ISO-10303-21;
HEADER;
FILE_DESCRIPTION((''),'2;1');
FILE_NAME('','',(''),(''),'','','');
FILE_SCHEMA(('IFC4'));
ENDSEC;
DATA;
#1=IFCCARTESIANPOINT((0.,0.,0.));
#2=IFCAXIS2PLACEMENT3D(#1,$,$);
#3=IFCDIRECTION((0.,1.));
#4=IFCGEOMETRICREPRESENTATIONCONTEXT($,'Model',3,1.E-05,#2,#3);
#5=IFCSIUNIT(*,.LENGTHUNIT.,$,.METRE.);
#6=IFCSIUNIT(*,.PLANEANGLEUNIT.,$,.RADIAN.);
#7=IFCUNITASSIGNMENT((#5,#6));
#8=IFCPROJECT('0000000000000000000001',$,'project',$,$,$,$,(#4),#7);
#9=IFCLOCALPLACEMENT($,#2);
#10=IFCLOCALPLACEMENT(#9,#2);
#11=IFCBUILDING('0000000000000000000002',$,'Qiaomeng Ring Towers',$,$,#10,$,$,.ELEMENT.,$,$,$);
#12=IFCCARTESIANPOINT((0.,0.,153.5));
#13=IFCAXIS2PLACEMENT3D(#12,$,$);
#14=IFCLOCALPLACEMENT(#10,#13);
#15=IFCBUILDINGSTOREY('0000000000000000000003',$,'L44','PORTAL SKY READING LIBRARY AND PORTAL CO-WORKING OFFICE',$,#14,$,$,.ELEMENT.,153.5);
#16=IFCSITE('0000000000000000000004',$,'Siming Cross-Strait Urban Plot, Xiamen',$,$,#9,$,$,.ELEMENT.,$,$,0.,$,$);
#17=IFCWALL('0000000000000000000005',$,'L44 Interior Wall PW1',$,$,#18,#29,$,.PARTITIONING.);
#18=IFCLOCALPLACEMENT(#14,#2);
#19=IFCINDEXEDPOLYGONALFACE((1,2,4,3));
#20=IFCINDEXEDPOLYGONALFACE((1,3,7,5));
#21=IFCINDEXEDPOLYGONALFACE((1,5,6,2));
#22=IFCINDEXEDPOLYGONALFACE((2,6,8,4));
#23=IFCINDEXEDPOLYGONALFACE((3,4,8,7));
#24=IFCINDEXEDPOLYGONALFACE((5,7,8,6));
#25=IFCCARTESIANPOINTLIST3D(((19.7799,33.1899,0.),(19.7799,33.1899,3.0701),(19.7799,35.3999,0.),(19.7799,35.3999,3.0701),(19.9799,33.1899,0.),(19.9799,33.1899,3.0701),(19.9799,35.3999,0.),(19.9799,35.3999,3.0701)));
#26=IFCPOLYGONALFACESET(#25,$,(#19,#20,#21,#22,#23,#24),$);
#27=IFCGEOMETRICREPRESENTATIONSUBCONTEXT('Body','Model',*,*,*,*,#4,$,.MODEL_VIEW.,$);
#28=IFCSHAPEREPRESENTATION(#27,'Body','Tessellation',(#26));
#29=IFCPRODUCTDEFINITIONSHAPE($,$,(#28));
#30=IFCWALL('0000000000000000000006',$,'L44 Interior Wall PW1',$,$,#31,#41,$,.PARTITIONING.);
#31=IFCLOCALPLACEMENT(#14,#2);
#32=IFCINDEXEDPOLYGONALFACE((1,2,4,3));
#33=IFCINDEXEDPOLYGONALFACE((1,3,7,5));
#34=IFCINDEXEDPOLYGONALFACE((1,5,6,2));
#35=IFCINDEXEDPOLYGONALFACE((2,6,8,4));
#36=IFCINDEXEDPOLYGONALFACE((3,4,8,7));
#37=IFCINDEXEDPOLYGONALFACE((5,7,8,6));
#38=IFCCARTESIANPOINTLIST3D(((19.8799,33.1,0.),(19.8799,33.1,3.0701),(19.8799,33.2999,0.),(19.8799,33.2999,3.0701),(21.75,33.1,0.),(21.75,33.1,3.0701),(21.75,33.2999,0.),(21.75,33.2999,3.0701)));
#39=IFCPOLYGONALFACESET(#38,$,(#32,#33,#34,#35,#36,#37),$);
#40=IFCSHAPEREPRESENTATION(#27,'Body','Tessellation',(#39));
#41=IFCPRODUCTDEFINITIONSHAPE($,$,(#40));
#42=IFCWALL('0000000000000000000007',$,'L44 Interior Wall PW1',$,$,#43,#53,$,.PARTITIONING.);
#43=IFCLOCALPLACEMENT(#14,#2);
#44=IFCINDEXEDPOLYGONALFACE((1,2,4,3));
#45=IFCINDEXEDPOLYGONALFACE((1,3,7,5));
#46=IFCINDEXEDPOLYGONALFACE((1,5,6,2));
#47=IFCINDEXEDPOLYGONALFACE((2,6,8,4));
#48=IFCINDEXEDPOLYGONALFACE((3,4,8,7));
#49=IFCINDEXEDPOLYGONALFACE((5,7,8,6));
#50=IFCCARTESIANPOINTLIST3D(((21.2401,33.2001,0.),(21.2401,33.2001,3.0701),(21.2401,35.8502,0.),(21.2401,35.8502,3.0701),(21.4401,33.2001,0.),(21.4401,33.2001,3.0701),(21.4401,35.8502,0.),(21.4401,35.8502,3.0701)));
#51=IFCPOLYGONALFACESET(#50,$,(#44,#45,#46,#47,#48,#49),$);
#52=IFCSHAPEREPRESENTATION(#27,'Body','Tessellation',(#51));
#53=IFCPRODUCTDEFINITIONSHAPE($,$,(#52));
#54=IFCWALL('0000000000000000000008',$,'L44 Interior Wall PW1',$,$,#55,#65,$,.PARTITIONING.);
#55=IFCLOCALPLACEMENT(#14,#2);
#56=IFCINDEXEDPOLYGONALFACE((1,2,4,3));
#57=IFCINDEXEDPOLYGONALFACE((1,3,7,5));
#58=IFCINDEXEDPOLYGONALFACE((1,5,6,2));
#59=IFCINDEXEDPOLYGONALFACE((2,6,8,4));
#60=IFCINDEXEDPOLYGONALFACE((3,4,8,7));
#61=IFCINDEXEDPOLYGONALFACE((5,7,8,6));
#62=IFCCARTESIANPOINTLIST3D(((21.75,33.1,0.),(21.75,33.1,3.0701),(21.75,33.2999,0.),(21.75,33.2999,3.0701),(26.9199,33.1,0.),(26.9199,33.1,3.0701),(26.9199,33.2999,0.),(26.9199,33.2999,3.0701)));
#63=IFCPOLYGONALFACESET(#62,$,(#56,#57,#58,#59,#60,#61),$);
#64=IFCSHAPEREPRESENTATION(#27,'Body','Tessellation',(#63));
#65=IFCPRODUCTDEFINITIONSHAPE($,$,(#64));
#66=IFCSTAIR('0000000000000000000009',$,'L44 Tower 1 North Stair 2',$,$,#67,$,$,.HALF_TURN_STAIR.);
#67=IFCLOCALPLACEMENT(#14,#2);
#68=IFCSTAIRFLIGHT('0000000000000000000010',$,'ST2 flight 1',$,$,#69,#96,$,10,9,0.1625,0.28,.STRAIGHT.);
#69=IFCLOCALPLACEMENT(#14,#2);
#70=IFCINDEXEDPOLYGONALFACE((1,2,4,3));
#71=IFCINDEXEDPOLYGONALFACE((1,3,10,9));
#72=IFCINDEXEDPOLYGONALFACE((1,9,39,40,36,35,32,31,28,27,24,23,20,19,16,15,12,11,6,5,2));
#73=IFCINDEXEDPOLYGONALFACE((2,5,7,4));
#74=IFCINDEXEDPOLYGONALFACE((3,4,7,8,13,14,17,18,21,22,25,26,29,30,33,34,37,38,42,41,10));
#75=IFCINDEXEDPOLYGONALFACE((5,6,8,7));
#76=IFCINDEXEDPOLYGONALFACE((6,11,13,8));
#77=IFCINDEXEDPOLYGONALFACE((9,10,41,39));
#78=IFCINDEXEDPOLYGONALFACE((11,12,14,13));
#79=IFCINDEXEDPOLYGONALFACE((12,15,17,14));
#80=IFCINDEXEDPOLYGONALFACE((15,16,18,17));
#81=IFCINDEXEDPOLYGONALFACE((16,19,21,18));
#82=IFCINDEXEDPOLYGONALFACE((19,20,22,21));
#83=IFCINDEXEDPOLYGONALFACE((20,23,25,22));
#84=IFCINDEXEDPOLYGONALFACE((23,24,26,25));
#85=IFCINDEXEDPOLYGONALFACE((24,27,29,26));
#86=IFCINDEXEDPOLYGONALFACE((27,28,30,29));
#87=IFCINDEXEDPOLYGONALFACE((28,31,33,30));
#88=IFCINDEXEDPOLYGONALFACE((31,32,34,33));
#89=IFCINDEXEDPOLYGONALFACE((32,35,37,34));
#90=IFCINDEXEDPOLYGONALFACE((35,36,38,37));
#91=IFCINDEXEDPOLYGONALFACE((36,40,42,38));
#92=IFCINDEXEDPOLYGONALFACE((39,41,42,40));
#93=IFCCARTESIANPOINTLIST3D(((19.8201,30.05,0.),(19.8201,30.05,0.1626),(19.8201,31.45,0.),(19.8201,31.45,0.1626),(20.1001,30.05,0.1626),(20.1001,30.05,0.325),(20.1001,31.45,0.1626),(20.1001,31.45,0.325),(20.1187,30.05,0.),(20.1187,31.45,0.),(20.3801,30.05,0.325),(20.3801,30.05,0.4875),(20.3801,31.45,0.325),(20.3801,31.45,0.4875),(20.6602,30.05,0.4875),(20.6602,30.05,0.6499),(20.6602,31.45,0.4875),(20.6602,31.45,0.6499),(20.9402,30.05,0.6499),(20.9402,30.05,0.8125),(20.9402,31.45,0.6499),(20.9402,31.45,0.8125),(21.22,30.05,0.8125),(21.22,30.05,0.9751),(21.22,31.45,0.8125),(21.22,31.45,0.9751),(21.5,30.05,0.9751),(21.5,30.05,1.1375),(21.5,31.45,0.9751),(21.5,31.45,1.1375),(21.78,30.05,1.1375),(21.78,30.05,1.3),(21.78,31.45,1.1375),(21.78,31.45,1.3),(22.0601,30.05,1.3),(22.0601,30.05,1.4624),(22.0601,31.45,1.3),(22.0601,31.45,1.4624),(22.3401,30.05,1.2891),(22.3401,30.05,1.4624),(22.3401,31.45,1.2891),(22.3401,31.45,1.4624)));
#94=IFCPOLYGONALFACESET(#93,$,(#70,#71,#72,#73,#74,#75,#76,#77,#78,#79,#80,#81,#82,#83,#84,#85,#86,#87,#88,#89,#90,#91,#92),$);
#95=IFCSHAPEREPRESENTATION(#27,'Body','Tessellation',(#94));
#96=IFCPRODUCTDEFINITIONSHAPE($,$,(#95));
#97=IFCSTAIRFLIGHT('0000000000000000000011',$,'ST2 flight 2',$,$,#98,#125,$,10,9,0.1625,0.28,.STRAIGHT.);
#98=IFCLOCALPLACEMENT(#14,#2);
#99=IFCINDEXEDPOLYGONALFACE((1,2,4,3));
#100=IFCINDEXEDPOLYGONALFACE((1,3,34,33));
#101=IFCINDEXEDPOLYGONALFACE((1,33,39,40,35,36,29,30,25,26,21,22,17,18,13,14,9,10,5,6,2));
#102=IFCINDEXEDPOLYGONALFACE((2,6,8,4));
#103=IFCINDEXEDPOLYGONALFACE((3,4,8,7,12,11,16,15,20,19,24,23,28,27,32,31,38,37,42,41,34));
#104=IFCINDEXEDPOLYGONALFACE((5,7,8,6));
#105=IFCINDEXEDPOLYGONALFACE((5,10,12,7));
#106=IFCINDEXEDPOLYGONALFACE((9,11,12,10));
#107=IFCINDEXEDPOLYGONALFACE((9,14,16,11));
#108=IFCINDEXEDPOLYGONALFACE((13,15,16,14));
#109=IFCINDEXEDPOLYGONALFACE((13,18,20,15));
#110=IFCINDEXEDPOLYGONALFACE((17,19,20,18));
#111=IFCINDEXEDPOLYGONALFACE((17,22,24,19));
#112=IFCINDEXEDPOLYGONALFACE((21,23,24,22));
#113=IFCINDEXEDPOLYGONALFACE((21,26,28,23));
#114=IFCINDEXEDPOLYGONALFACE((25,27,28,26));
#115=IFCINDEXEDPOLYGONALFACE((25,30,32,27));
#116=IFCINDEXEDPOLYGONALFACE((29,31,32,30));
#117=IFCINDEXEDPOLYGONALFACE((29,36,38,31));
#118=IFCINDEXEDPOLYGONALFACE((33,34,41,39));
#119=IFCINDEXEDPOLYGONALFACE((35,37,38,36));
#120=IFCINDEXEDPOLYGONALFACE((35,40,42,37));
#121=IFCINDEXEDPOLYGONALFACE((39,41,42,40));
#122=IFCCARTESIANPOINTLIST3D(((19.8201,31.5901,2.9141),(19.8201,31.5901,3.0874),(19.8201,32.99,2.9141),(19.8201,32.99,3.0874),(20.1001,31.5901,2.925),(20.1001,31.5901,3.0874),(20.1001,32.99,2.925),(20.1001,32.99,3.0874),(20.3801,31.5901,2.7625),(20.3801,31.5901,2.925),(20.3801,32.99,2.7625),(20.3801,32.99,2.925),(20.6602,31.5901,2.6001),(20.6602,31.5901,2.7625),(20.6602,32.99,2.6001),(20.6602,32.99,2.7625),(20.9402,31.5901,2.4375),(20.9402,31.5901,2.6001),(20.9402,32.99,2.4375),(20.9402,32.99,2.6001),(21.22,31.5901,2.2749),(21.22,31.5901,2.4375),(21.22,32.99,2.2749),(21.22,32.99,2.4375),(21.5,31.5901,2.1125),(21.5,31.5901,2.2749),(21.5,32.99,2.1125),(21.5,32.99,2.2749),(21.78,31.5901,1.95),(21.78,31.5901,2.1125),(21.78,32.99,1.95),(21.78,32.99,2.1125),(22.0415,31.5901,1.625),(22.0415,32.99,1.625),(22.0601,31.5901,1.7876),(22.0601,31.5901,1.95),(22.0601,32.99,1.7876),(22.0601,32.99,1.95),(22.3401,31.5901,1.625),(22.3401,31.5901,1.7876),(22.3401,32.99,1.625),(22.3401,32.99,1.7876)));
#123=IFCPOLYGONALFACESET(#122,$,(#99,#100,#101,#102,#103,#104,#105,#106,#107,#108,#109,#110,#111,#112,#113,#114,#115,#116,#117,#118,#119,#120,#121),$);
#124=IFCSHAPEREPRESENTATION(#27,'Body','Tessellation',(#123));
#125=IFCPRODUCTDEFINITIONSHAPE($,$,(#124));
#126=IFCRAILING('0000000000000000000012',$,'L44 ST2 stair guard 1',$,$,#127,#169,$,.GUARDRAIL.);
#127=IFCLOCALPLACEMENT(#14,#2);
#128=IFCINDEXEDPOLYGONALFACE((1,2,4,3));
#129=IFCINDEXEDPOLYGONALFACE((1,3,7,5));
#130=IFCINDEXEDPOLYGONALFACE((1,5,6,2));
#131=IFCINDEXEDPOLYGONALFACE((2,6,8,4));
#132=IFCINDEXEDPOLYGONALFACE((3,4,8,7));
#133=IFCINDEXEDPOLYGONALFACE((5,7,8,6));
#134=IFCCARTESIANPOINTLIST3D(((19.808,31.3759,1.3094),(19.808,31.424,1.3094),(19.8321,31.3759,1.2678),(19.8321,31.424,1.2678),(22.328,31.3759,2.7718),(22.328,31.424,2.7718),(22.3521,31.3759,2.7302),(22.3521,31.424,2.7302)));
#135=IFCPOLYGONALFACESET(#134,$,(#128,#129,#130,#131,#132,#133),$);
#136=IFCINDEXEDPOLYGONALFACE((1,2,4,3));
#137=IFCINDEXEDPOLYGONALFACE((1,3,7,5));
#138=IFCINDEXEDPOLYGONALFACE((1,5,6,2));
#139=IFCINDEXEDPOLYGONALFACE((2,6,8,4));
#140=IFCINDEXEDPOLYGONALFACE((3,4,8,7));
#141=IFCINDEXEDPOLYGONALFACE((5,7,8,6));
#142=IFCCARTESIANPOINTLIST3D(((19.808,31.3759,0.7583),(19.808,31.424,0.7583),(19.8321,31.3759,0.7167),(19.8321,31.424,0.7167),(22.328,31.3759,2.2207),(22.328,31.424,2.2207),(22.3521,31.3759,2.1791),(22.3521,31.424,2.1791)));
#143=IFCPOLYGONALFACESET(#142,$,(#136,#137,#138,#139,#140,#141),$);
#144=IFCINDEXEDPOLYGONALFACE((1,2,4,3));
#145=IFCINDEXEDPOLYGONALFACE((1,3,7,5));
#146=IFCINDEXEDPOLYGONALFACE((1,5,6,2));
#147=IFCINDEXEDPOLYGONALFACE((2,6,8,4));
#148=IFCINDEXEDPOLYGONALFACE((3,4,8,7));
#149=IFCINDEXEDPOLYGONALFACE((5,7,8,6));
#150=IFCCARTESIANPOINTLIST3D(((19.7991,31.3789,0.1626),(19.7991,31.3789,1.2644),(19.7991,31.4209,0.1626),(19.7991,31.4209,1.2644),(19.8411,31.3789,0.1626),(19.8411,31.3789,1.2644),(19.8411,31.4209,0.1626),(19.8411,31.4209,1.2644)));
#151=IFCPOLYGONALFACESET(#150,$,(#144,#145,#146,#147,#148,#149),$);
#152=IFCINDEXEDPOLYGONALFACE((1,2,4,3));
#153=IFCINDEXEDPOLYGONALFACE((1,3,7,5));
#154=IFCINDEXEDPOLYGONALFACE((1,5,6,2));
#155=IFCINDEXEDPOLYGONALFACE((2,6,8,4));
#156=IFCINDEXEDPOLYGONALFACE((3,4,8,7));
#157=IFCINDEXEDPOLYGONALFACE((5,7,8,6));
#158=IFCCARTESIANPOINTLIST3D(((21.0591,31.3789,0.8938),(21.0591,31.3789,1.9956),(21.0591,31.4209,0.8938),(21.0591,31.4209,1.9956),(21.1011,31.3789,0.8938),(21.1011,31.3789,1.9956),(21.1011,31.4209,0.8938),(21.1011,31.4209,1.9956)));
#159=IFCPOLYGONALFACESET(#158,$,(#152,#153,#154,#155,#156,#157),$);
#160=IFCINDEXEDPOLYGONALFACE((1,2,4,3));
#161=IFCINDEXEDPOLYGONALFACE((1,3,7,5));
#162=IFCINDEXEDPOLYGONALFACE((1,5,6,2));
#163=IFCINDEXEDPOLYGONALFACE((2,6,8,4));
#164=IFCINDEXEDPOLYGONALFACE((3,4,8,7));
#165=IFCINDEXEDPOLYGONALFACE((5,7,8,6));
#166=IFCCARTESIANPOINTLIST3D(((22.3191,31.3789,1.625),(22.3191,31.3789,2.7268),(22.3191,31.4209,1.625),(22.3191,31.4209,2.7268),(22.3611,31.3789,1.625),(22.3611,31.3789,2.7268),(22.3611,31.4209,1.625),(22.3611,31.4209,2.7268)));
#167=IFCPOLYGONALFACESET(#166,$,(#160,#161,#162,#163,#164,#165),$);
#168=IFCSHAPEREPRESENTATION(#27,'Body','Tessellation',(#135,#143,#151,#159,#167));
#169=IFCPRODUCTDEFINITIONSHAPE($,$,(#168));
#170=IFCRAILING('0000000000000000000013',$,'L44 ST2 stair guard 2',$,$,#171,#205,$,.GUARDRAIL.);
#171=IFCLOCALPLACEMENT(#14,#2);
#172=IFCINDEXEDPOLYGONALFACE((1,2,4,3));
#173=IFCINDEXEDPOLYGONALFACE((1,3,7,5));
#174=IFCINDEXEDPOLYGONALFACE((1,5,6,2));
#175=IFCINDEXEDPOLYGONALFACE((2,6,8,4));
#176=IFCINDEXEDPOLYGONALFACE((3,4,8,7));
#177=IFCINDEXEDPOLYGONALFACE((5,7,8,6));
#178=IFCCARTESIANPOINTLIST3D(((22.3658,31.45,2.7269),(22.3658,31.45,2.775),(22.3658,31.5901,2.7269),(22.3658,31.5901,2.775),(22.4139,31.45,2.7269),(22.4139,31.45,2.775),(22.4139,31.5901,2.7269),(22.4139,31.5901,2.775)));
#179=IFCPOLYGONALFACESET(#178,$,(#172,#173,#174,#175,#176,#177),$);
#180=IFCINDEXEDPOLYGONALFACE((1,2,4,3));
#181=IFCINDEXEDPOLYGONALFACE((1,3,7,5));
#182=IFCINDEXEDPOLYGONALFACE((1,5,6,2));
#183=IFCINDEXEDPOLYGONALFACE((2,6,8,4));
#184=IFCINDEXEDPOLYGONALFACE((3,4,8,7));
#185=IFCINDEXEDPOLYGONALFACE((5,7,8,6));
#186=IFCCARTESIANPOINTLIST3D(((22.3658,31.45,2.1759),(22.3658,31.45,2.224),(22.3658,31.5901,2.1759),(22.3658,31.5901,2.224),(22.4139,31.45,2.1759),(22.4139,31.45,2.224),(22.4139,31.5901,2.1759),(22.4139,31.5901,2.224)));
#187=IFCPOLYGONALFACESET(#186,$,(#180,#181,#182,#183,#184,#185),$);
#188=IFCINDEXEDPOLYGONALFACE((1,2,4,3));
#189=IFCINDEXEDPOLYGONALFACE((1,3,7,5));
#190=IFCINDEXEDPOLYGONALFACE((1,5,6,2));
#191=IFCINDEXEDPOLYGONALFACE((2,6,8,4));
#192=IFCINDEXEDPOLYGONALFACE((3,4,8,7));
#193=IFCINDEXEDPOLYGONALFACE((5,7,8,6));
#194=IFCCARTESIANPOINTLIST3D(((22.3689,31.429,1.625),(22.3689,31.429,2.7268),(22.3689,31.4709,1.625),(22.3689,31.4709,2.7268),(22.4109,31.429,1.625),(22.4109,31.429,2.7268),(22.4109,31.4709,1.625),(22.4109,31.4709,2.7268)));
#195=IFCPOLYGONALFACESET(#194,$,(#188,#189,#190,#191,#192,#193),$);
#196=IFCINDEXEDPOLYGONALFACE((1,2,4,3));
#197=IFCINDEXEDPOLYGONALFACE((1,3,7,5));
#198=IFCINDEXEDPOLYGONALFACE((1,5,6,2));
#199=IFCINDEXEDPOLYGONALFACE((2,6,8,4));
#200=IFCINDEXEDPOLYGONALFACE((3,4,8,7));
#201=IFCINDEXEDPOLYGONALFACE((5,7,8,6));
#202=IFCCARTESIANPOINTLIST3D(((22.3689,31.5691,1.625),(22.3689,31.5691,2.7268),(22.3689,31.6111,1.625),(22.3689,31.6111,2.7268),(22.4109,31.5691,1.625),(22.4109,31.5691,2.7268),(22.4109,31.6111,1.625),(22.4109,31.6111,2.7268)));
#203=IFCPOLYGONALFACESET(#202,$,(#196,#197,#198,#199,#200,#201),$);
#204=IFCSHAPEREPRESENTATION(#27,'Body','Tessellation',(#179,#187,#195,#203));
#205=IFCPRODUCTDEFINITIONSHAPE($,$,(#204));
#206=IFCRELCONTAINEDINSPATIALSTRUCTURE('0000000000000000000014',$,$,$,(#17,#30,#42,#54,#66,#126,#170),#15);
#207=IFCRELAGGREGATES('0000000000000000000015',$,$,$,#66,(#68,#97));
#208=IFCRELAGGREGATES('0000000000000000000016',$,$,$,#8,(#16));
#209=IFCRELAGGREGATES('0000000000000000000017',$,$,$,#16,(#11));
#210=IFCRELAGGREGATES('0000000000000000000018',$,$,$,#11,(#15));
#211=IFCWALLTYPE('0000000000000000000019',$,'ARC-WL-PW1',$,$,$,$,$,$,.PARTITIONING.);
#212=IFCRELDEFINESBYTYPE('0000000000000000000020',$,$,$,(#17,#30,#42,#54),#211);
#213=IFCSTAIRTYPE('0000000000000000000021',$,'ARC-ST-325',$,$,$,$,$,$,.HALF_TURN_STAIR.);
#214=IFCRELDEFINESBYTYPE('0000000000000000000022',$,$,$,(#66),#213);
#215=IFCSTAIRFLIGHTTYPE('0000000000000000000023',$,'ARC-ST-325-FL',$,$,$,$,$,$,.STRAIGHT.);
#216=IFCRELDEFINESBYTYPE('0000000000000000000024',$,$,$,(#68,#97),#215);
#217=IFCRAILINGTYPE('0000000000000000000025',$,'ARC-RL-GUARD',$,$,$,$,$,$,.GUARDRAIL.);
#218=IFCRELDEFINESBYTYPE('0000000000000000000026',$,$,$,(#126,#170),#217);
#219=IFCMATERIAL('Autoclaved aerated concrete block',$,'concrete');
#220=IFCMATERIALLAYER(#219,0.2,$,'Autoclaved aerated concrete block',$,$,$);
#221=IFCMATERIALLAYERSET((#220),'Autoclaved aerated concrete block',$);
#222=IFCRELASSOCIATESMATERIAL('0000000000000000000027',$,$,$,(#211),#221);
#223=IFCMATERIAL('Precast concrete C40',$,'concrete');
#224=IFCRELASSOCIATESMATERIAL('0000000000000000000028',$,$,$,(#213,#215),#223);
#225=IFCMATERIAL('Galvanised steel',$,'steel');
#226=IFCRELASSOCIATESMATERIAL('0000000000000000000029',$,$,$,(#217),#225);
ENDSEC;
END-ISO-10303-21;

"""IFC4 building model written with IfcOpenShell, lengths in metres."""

from ifc_helpers import new_model, si_unit, direction, frame, frame_2d, origin, origin_2d, place, context, subcontext, project, spatial, polyline, rectangle, outline, extrude, source, transform, mapped, material, layer, layer_set, type_object, element, aggregate, save


model = new_model("IFC4")

# Units and contexts
model_context = context("Model", 3, precision=1e-05, world=origin(), true_north=direction((0.0, 1.0)))
body_context = subcontext(model_context, "Body", "Model", "MODEL_VIEW")
ifc_project = project(units=[si_unit("LENGTHUNIT", "METRE"), si_unit("PLANEANGLEUNIT", "RADIAN")], contexts=[model_context])

# Site, building, storey
site_placement = place(None, origin())
site = spatial("IfcSite", under=ifc_project, at=site_placement, Name="Siming Cross-Strait Urban Plot, Xiamen", CompositionType="ELEMENT", RefElevation=0.0)
building_placement = place(site_placement, origin())
building = spatial("IfcBuilding", under=site, at=building_placement, Name="Qiaomeng Ring Towers", CompositionType="ELEMENT")
storey_placement = place(building_placement, frame((0.0, 0.0, 153.5)))
storey = spatial("IfcBuildingStorey", under=building, at=storey_placement, Name="L44", Description="PORTAL SKY READING LIBRARY AND PORTAL CO-WORKING OFFICE", CompositionType="ELEMENT", Elevation=153.5)

# Walls
ifc_material_1 = material(Name="Autoclaved aerated concrete block", Category="concrete")
ifc_layer = layer(ifc_material_1, 0.2, Name="Autoclaved aerated concrete block")
ifc_layer_set = layer_set([ifc_layer], Name="Autoclaved aerated concrete block")
wall_type = type_object("IfcWallType", Name="ARC-WL-PW1", PredefinedType="PARTITIONING", material=ifc_layer_set)
wall_1_placement = place(storey_placement, frame((19.8799, 33.1899, 0.0), z_axis=(0.0, 0.0, 1.0), x_axis=(0.0, 1.0, 0.0)))
element("IfcWall", 1, at=wall_1_placement, inside=storey, type_object=wall_type, Name="L44 Interior Wall PW1", PredefinedType="PARTITIONING", context=body_context, shape_type="SweptSolid", body=[
    extrude(rectangle(XDim=2.21, YDim=0.2, at=frame_2d((1.105, 0.0))), origin(), (0.0, 0.0, 1.0), 3.0701),
])
wall_2_placement = place(storey_placement, frame((19.8799, 33.2, 0.0), z_axis=(0.0, 0.0, 1.0), x_axis=(1.0, 0.0, 0.0)))
element("IfcWall", 2, at=wall_2_placement, inside=storey, type_object=wall_type, Name="L44 Interior Wall PW1", PredefinedType="PARTITIONING", context=body_context, shape_type="SweptSolid", body=[
    extrude(rectangle(XDim=1.8701, YDim=0.2, at=frame_2d((0.9351, 0.0))), origin(), (0.0, 0.0, 1.0), 3.0701),
])
wall_3_placement = place(storey_placement, frame((21.3401, 33.2, 0.0), z_axis=(0.0, 0.0, 1.0), x_axis=(0.0, 1.0, 0.0)))
element("IfcWall", 3, at=wall_3_placement, inside=storey, type_object=wall_type, Name="L44 Interior Wall PW1", PredefinedType="PARTITIONING", context=body_context, shape_type="SweptSolid", body=[
    extrude(rectangle(XDim=2.6501, YDim=0.2, at=frame_2d((1.3252, 0.0))), origin(), (0.0, 0.0, 1.0), 3.0701),
])
wall_4_placement = place(storey_placement, frame((21.75, 33.2, 0.0), z_axis=(0.0, 0.0, 1.0), x_axis=(1.0, 0.0, 0.0)))
element("IfcWall", 4, at=wall_4_placement, inside=storey, type_object=wall_type, Name="L44 Interior Wall PW1", PredefinedType="PARTITIONING", context=body_context, shape_type="SweptSolid", body=[
    extrude(rectangle(XDim=5.1699, YDim=0.2, at=frame_2d((2.585, 0.0))), origin(), (0.0, 0.0, 1.0), 3.0701),
])

# Stair, stair flights
ifc_material_2 = material(Name="Precast concrete C40", Category="concrete")
stair_type = type_object("IfcStairType", Name="ARC-ST-325", PredefinedType="HALF_TURN_STAIR", material=ifc_material_2)
stair_placement = place(storey_placement, origin())
stair = element("IfcStair", 5, at=stair_placement, inside=storey, type_object=stair_type, Name="L44 Tower 1 North Stair 2", PredefinedType="HALF_TURN_STAIR")
stair_flight_type = type_object("IfcStairFlightType", Name="ARC-ST-325-FL", PredefinedType="STRAIGHT", material=ifc_material_2)
shared_shape = source(origin(), body_context, "Body", "SweptSolid", [
    extrude(outline(polyline([(0.0, 0.0), (0.0, 0.1626), (0.28, 0.1626), (0.28, 0.325), (0.5601, 0.325), (0.5601, 0.4875), (0.8401, 0.4875), (0.8401, 0.6499), (1.1201, 0.6499), (1.1201, 0.8125), (1.3999, 0.8125), (1.3999, 0.9751), (1.6799, 0.9751), (1.6799, 1.1375), (1.96, 1.1375), (1.96, 1.3), (2.24, 1.3), (2.24, 1.4624), (2.52, 1.4624), (2.52, 1.625), (2.52, 1.2891), (0.2986, 0.0), (0.0, 0.0)])), frame((0.0, 0.7, 0.0), z_axis=(0.0, -1.0, 0.0), x_axis=(1.0, 0.0, 0.0)), (0.0, 0.0, 1.0), 1.3999),
])
stair_flight_1_placement = place(storey_placement, frame((19.8201, 30.75, 0.0), z_axis=(0.0, 0.0, 1.0), x_axis=(1.0, 0.0, 0.0)))
stair_flight_1 = element("IfcStairFlight", 6, at=stair_flight_1_placement, type_object=stair_flight_type, Name="ST2 flight 1", NumberOfRisers=10, NumberOfTreads=9, PredefinedType="STRAIGHT", RiserHeight=0.1625, TreadLength=0.28, context=body_context, shape_type="MappedRepresentation", body=[
    mapped(shared_shape, transform((0.0, 0.0, 0.0), x_axis=(1.0, 0.0, 0.0), y_axis=(0.0, 1.0, 0.0), z_axis=(0.0, 0.0, 1.0), scale=1.0)),
])
stair_flight_2_placement = place(storey_placement, frame((22.3401, 32.29, 1.625), z_axis=(0.0, 0.0, 1.0), x_axis=(-1.0, 0.0, 0.0)))
stair_flight_2 = element("IfcStairFlight", 7, at=stair_flight_2_placement, type_object=stair_flight_type, Name="ST2 flight 2", NumberOfRisers=10, NumberOfTreads=9, PredefinedType="STRAIGHT", RiserHeight=0.1625, TreadLength=0.28, context=body_context, shape_type="MappedRepresentation", body=[
    mapped(shared_shape, transform((0.0, 0.0, 0.0), x_axis=(1.0, 0.0, 0.0), y_axis=(0.0, 1.0, 0.0), z_axis=(0.0, 0.0, 1.0), scale=1.0)),
])
aggregate(stair, [stair_flight_1, stair_flight_2])

# Railings
ifc_material_3 = material(Name="Galvanised steel", Category="steel")
railing_type_1 = type_object("IfcRailingType", Name="ARC-RL-GUARD", PredefinedType="GUARDRAIL", material=ifc_material_3)
railing_1_placement = place(storey_placement, frame((19.8201, 31.3999, 0.1626)))
element("IfcRailing", 8, at=railing_1_placement, inside=storey, type_object=railing_type_1, Name="L44 ST2 stair guard 1", PredefinedType="GUARDRAIL", context=body_context, shape_type="SweptSolid", body=[
    extrude(rectangle(XDim=0.0481, YDim=0.0481, at=origin_2d()), frame((0.0, 0.0, 1.126), z_axis=(0.864913, 0.0, 0.501921), x_axis=(0.0, 1.0, 0.0)), (0.0, 0.0, 1.0), 2.9136),
    extrude(rectangle(XDim=0.0481, YDim=0.0481, at=origin_2d()), frame((0.0, 0.0, 0.575), z_axis=(0.864913, 0.0, 0.501921), x_axis=(0.0, 1.0, 0.0)), (0.0, 0.0, 1.0), 2.9136),
    extrude(rectangle(XDim=0.042, YDim=0.042, at=origin_2d()), origin(), (0.0, 0.0, 1.0), 1.1018),
    extrude(rectangle(XDim=0.042, YDim=0.042, at=origin_2d()), frame((1.26, 0.0, 0.7312)), (0.0, 0.0, 1.0), 1.1018),
    extrude(rectangle(XDim=0.042, YDim=0.042, at=origin_2d()), frame((2.52, 0.0, 1.4624)), (0.0, 0.0, 1.0), 1.1018),
])
railing_2_placement = place(storey_placement, frame((22.3899, 31.45, 1.625)))
element("IfcRailing", 9, at=railing_2_placement, inside=storey, type_object=railing_type_1, Name="L44 ST2 stair guard 2", PredefinedType="GUARDRAIL", context=body_context, shape_type="SweptSolid", body=[
    extrude(rectangle(XDim=0.0481, YDim=0.0481, at=origin_2d()), frame((0.0, 0.0, 1.126), z_axis=(0.0, 1.0, 0.0), x_axis=(-1.0, 0.0, 0.0)), (0.0, 0.0, 1.0), 0.1401),
    extrude(rectangle(XDim=0.0481, YDim=0.0481, at=origin_2d()), frame((0.0, 0.0, 0.575), z_axis=(0.0, 1.0, 0.0), x_axis=(-1.0, 0.0, 0.0)), (0.0, 0.0, 1.0), 0.1401),
    extrude(rectangle(XDim=0.042, YDim=0.042, at=origin_2d()), origin(), (0.0, 0.0, 1.0), 1.1018),
    extrude(rectangle(XDim=0.042, YDim=0.042, at=origin_2d()), frame((0.0, 0.1401, 0.0)), (0.0, 0.0, 1.0), 1.1018),
])

save(model, "model.ifc")
